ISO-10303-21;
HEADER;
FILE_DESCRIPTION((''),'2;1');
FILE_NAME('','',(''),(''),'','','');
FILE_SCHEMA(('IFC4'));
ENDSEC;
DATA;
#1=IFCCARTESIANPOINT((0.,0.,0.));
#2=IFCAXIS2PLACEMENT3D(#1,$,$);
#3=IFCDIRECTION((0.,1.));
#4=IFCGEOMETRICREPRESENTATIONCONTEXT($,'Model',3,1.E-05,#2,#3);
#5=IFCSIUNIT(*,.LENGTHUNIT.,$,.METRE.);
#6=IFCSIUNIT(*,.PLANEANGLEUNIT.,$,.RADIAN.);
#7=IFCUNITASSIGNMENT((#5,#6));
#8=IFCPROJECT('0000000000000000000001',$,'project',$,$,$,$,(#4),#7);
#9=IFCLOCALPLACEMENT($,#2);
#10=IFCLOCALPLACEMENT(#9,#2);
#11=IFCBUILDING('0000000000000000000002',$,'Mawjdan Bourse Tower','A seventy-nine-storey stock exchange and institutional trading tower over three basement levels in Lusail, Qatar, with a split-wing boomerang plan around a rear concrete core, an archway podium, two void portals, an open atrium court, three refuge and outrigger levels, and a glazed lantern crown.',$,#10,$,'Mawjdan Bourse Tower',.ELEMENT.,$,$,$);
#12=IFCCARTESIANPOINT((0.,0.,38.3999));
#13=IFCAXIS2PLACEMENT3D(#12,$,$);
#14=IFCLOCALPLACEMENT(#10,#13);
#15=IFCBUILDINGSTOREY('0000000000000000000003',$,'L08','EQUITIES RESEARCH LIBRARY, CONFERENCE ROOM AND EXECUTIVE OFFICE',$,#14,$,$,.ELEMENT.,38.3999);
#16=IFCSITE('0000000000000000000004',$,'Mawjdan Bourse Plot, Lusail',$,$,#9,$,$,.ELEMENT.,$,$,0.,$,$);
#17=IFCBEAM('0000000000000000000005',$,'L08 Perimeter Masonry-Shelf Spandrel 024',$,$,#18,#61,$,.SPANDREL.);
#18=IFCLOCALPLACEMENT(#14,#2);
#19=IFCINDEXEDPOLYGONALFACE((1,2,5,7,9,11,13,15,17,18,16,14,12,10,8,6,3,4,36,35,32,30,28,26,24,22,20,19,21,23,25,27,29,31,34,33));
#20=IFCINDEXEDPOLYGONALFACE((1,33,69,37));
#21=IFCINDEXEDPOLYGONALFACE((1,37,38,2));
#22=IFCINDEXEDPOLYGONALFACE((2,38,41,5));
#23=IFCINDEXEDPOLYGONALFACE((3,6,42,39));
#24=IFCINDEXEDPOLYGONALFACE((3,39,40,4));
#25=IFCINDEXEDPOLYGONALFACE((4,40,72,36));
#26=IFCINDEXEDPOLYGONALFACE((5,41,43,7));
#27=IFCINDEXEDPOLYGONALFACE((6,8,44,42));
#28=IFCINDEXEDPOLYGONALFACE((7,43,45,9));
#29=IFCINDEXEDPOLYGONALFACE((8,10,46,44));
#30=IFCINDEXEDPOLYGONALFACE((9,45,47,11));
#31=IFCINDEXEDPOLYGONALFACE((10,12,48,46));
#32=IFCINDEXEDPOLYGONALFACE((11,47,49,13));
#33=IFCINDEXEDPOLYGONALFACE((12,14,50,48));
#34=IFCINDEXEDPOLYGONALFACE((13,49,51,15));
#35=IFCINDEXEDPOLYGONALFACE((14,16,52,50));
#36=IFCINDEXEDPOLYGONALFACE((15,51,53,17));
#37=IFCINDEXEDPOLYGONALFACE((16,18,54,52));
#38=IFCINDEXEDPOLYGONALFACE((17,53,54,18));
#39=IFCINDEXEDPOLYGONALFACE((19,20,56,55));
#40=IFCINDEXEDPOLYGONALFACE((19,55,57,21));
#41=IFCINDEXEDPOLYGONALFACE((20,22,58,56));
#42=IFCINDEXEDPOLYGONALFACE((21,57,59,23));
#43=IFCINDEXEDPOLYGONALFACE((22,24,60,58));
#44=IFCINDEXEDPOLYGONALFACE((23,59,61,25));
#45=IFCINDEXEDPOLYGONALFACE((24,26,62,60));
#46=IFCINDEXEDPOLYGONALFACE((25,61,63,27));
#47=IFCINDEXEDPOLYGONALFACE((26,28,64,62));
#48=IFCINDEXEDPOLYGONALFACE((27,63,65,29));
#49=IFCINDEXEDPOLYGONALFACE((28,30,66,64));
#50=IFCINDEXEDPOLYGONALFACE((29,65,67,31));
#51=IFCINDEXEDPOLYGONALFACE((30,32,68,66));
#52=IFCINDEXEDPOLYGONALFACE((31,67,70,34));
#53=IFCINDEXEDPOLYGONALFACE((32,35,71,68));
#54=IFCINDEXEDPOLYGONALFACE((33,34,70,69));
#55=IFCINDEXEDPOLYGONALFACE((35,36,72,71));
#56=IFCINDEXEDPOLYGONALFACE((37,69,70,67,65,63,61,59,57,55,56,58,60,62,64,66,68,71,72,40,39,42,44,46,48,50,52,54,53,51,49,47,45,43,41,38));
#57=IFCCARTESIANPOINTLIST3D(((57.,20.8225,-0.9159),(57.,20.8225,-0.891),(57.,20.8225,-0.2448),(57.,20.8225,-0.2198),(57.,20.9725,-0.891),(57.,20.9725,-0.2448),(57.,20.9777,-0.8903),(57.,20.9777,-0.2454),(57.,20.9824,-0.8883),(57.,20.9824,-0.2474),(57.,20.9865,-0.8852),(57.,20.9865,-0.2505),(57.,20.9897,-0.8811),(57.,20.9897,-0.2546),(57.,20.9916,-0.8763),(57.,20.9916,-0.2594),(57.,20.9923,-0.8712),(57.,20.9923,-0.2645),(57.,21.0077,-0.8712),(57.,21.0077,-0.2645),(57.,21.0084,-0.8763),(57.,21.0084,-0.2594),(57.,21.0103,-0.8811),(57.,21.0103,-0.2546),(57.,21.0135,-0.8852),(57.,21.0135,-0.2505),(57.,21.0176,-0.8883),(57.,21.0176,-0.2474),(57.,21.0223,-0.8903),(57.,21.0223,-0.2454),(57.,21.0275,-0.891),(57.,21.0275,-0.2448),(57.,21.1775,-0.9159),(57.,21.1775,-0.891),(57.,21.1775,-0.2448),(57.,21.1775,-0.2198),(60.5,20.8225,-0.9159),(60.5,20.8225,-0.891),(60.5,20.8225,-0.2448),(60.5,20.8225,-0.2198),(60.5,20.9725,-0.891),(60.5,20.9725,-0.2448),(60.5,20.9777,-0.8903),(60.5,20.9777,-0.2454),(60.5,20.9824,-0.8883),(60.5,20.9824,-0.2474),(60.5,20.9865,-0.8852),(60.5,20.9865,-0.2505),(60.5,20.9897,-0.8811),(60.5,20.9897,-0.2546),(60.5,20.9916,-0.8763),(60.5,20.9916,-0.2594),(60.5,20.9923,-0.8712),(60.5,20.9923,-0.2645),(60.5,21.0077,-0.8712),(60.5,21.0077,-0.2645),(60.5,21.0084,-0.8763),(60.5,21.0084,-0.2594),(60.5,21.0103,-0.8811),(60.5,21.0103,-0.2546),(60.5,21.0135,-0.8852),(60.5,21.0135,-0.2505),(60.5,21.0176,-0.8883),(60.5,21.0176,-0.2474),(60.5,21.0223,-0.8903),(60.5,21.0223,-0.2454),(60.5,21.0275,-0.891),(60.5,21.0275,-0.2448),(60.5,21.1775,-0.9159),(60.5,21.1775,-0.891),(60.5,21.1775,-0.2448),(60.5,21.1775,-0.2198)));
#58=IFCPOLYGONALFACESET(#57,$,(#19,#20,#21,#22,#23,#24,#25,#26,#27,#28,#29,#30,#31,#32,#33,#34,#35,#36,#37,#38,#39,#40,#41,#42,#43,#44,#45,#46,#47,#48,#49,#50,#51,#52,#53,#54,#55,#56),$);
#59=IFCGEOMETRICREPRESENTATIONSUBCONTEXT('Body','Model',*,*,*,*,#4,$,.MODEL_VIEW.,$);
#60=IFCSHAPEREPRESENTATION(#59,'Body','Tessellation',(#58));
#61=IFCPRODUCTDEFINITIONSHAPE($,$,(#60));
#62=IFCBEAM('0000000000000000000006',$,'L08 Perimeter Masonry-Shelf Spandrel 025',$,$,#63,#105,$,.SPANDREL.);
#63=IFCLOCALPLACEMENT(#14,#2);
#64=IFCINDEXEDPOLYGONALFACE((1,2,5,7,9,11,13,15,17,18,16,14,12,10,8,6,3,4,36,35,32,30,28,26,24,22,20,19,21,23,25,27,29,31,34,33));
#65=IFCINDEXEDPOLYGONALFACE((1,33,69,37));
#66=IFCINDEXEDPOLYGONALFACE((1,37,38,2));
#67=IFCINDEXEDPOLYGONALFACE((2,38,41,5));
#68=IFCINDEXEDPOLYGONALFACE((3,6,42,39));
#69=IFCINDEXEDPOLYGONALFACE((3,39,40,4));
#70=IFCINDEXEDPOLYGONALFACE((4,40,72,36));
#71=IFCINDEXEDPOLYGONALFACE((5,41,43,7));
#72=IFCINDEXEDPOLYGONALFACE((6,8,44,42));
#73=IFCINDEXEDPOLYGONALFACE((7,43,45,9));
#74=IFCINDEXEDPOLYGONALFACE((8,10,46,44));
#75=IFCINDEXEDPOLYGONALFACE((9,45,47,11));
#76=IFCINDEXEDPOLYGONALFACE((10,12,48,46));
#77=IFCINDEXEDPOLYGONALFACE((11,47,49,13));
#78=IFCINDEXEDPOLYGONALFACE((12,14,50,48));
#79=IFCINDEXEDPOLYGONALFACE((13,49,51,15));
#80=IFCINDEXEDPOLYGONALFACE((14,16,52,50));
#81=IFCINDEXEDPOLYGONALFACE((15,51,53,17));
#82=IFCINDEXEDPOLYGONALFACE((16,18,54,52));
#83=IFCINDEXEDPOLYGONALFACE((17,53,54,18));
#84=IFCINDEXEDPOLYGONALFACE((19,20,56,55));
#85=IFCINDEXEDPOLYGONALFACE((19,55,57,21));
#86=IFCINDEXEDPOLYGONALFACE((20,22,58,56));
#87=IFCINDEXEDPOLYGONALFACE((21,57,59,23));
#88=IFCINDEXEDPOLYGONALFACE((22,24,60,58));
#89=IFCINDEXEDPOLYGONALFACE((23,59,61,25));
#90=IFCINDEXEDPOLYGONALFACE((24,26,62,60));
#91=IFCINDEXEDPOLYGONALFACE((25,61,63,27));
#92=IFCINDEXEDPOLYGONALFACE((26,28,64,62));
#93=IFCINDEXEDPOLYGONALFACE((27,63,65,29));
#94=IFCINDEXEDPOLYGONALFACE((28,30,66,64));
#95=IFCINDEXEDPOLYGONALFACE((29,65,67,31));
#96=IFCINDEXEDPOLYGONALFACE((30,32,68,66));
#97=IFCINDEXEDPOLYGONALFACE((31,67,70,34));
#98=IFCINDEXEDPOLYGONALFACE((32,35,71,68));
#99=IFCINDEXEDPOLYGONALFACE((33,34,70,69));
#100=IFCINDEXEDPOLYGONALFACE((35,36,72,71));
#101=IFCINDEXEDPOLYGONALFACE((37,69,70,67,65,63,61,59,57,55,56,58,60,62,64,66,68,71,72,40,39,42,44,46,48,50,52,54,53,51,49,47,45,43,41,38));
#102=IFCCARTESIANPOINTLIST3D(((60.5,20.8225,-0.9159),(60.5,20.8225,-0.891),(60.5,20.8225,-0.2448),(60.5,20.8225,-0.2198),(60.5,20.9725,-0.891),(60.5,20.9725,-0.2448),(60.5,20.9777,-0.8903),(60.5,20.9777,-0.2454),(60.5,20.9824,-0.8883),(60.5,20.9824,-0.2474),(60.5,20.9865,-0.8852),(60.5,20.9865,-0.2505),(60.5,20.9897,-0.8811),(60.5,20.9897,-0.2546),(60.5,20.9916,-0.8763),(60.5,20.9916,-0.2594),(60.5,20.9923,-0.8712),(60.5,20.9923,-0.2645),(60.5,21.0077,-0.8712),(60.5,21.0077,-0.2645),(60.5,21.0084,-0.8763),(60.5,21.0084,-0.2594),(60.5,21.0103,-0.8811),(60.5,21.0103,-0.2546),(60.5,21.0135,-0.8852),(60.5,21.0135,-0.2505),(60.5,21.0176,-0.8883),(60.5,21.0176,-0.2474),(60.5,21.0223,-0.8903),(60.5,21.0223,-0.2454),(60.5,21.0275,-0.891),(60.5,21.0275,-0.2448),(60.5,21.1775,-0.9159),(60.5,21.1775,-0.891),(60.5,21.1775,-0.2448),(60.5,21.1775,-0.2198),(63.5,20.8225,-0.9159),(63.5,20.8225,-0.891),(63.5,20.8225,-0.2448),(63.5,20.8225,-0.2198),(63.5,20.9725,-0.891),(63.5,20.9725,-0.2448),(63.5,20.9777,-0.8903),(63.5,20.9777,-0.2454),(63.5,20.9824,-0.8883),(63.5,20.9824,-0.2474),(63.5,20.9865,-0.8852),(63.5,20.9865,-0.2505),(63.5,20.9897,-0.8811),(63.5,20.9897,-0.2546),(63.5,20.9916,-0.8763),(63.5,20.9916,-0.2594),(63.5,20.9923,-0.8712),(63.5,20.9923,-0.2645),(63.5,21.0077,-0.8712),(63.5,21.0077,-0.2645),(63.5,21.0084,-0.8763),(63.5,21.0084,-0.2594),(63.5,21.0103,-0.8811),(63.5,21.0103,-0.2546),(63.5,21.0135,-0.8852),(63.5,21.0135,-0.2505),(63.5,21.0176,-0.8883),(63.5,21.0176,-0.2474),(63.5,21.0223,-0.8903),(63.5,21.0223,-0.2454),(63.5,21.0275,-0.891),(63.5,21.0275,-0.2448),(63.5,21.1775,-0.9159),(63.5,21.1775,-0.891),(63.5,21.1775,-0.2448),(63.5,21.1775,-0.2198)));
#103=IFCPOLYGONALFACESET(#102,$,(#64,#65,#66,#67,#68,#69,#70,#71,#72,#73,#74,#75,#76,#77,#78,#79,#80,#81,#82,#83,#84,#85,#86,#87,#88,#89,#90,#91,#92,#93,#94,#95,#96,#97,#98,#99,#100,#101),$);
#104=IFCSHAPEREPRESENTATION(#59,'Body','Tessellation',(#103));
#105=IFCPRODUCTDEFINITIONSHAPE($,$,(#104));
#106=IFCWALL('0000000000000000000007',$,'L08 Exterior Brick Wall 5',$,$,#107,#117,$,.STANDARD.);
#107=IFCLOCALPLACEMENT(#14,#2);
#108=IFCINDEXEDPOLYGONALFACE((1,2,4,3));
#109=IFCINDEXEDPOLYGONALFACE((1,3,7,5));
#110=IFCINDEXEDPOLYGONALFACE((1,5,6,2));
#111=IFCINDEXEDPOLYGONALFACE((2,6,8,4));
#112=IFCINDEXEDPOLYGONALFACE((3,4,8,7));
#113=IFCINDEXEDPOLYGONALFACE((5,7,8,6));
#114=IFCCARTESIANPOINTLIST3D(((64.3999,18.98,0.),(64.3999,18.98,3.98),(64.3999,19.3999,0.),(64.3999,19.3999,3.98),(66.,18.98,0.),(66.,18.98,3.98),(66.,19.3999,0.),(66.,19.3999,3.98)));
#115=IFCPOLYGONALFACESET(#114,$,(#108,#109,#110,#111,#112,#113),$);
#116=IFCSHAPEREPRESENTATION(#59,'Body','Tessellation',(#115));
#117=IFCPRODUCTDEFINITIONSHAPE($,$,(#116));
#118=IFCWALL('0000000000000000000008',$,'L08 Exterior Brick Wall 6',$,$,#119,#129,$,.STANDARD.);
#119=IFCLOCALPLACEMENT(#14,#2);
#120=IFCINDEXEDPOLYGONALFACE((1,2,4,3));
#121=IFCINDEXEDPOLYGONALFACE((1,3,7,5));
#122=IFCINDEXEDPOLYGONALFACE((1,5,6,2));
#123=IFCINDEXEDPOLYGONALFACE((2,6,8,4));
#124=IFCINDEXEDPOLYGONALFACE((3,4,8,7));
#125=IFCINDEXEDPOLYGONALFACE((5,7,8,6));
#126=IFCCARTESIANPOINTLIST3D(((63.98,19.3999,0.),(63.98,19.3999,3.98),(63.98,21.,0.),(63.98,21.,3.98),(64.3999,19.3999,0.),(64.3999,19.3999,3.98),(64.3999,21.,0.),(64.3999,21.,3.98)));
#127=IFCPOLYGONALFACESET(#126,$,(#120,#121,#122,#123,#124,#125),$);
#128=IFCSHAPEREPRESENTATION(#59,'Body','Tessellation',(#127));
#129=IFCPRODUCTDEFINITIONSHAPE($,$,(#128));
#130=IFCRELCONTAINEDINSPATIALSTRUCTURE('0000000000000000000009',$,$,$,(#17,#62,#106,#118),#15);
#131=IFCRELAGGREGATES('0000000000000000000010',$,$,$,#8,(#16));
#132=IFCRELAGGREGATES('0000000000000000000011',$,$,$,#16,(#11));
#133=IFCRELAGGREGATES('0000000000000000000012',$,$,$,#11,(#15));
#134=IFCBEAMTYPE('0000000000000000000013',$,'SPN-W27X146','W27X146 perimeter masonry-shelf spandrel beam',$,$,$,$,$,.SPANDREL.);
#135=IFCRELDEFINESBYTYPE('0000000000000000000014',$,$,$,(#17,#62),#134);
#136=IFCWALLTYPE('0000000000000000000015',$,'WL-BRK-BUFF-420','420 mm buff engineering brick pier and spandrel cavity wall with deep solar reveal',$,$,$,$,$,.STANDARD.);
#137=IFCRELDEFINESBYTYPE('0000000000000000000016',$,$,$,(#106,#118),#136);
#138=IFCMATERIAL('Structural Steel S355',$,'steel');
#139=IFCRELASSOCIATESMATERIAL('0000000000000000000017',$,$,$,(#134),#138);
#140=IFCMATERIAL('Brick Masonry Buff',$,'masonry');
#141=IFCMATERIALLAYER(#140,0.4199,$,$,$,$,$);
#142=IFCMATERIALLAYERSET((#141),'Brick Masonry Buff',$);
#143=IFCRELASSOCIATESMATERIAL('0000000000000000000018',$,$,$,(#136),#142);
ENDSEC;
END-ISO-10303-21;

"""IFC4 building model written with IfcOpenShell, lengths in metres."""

from ifc_helpers import new_model, si_unit, direction, frame, frame_2d, origin, origin_2d, place, context, subcontext, project, spatial, rectangle, i_section, extrude, material, layer, layer_set, material_profile, profile_set, type_object, element, save


model = new_model("IFC4")

# Units and contexts
model_context = context("Model", 3, precision=1e-05, world=origin(), true_north=direction((0.0, 1.0)))
body_context = subcontext(model_context, "Body", "Model", "MODEL_VIEW")
ifc_project = project(units=[si_unit("LENGTHUNIT", "METRE"), si_unit("PLANEANGLEUNIT", "RADIAN")], contexts=[model_context])

# Site, building, storey
site_placement = place(None, origin())
site = spatial("IfcSite", under=ifc_project, at=site_placement, Name="Mawjdan Bourse Plot, Lusail", CompositionType="ELEMENT", RefElevation=0.0)
building_placement = place(site_placement, origin())
building = spatial("IfcBuilding", under=site, at=building_placement, Name="Mawjdan Bourse Tower", Description="A seventy-nine-storey stock exchange and institutional trading tower over three basement levels in Lusail, Qatar, with a split-wing boomerang plan around a rear concrete core, an archway podium, two void portals, an open atrium court, three refuge and outrigger levels, and a glazed lantern crown.", LongName="Mawjdan Bourse Tower", CompositionType="ELEMENT")
storey_placement = place(building_placement, frame((0.0, 0.0, 38.3999)))
storey = spatial("IfcBuildingStorey", under=building, at=storey_placement, Name="L08", Description="EQUITIES RESEARCH LIBRARY, CONFERENCE ROOM AND EXECUTIVE OFFICE", CompositionType="ELEMENT", Elevation=38.3999)

# Beams
ifc_material_1 = material(Name="Structural Steel S355", Category="steel")
ifc_material_profile_1 = material_profile(ifc_material_1, i_section(OverallWidth=0.355, OverallDepth=0.696, WebThickness=0.0154, FlangeThickness=0.0249, FilletRadius=0.0198, at=origin_2d()), Name="W27X146")
ifc_profile_set_1 = profile_set([ifc_material_profile_1], Name="Structural Steel S355")
beam_type_1 = type_object("IfcBeamType", Name="SPN-W27X146", Description="W27X146 perimeter masonry-shelf spandrel beam", PredefinedType="SPANDREL", material=ifc_profile_set_1)
beam_1_placement = place(storey_placement, frame((57.0, 21.0, -0.5679), z_axis=(1.0, 0.0, 0.0), x_axis=(0.0, 1.0, 0.0)))
element("IfcBeam", 1, at=beam_1_placement, inside=storey, type_object=beam_type_1, Name="L08 Perimeter Masonry-Shelf Spandrel 024", PredefinedType="SPANDREL", context=body_context, shape_type="SweptSolid", body=[
    extrude(i_section(OverallWidth=0.355, OverallDepth=0.696, WebThickness=0.0154, FlangeThickness=0.0249, FilletRadius=0.0198, at=origin_2d()), origin(), (0.0, 0.0, 1.0), 3.5),
])
beam_2_placement = place(storey_placement, frame((60.5, 21.0, -0.5679), z_axis=(1.0, 0.0, 0.0), x_axis=(0.0, 1.0, 0.0)))
element("IfcBeam", 2, at=beam_2_placement, inside=storey, type_object=beam_type_1, Name="L08 Perimeter Masonry-Shelf Spandrel 025", PredefinedType="SPANDREL", context=body_context, shape_type="SweptSolid", body=[
    extrude(i_section(OverallWidth=0.355, OverallDepth=0.696, WebThickness=0.0154, FlangeThickness=0.0249, FilletRadius=0.0198, at=origin_2d()), origin(), (0.0, 0.0, 1.0), 3.0),
])

# Walls
ifc_material_2 = material(Name="Brick Masonry Buff", Category="masonry")
ifc_layer_1 = layer(ifc_material_2, 0.4199)
ifc_layer_set_1 = layer_set([ifc_layer_1], Name="Brick Masonry Buff")
wall_type_1 = type_object("IfcWallType", Name="WL-BRK-BUFF-420", Description="420 mm buff engineering brick pier and spandrel cavity wall with deep solar reveal", PredefinedType="STANDARD", material=ifc_layer_set_1)
for number, where, z_axis, x_axis, name in (
    (3, (66.0, 19.1899, 0.0), (0.0, 0.0, 1.0), (-1.0, 0.0, 0.0), "L08 Exterior Brick Wall 5"),
    (4, (64.1899, 19.3999, 0.0), (0.0, 0.0, 1.0), (0.0, 1.0, 0.0), "L08 Exterior Brick Wall 6"),
):
    element("IfcWall", number, at=place(storey_placement, frame(where, z_axis=z_axis, x_axis=x_axis)), inside=storey, type_object=wall_type_1, Name=name, PredefinedType="STANDARD", context=body_context, shape_type="SweptSolid", body=[
        extrude(rectangle(XDim=1.6001, YDim=0.4199, at=frame_2d((0.8, 0.0))), origin(), (0.0, 0.0, 1.0), 3.98),
    ])

save(model, "model.ifc")
